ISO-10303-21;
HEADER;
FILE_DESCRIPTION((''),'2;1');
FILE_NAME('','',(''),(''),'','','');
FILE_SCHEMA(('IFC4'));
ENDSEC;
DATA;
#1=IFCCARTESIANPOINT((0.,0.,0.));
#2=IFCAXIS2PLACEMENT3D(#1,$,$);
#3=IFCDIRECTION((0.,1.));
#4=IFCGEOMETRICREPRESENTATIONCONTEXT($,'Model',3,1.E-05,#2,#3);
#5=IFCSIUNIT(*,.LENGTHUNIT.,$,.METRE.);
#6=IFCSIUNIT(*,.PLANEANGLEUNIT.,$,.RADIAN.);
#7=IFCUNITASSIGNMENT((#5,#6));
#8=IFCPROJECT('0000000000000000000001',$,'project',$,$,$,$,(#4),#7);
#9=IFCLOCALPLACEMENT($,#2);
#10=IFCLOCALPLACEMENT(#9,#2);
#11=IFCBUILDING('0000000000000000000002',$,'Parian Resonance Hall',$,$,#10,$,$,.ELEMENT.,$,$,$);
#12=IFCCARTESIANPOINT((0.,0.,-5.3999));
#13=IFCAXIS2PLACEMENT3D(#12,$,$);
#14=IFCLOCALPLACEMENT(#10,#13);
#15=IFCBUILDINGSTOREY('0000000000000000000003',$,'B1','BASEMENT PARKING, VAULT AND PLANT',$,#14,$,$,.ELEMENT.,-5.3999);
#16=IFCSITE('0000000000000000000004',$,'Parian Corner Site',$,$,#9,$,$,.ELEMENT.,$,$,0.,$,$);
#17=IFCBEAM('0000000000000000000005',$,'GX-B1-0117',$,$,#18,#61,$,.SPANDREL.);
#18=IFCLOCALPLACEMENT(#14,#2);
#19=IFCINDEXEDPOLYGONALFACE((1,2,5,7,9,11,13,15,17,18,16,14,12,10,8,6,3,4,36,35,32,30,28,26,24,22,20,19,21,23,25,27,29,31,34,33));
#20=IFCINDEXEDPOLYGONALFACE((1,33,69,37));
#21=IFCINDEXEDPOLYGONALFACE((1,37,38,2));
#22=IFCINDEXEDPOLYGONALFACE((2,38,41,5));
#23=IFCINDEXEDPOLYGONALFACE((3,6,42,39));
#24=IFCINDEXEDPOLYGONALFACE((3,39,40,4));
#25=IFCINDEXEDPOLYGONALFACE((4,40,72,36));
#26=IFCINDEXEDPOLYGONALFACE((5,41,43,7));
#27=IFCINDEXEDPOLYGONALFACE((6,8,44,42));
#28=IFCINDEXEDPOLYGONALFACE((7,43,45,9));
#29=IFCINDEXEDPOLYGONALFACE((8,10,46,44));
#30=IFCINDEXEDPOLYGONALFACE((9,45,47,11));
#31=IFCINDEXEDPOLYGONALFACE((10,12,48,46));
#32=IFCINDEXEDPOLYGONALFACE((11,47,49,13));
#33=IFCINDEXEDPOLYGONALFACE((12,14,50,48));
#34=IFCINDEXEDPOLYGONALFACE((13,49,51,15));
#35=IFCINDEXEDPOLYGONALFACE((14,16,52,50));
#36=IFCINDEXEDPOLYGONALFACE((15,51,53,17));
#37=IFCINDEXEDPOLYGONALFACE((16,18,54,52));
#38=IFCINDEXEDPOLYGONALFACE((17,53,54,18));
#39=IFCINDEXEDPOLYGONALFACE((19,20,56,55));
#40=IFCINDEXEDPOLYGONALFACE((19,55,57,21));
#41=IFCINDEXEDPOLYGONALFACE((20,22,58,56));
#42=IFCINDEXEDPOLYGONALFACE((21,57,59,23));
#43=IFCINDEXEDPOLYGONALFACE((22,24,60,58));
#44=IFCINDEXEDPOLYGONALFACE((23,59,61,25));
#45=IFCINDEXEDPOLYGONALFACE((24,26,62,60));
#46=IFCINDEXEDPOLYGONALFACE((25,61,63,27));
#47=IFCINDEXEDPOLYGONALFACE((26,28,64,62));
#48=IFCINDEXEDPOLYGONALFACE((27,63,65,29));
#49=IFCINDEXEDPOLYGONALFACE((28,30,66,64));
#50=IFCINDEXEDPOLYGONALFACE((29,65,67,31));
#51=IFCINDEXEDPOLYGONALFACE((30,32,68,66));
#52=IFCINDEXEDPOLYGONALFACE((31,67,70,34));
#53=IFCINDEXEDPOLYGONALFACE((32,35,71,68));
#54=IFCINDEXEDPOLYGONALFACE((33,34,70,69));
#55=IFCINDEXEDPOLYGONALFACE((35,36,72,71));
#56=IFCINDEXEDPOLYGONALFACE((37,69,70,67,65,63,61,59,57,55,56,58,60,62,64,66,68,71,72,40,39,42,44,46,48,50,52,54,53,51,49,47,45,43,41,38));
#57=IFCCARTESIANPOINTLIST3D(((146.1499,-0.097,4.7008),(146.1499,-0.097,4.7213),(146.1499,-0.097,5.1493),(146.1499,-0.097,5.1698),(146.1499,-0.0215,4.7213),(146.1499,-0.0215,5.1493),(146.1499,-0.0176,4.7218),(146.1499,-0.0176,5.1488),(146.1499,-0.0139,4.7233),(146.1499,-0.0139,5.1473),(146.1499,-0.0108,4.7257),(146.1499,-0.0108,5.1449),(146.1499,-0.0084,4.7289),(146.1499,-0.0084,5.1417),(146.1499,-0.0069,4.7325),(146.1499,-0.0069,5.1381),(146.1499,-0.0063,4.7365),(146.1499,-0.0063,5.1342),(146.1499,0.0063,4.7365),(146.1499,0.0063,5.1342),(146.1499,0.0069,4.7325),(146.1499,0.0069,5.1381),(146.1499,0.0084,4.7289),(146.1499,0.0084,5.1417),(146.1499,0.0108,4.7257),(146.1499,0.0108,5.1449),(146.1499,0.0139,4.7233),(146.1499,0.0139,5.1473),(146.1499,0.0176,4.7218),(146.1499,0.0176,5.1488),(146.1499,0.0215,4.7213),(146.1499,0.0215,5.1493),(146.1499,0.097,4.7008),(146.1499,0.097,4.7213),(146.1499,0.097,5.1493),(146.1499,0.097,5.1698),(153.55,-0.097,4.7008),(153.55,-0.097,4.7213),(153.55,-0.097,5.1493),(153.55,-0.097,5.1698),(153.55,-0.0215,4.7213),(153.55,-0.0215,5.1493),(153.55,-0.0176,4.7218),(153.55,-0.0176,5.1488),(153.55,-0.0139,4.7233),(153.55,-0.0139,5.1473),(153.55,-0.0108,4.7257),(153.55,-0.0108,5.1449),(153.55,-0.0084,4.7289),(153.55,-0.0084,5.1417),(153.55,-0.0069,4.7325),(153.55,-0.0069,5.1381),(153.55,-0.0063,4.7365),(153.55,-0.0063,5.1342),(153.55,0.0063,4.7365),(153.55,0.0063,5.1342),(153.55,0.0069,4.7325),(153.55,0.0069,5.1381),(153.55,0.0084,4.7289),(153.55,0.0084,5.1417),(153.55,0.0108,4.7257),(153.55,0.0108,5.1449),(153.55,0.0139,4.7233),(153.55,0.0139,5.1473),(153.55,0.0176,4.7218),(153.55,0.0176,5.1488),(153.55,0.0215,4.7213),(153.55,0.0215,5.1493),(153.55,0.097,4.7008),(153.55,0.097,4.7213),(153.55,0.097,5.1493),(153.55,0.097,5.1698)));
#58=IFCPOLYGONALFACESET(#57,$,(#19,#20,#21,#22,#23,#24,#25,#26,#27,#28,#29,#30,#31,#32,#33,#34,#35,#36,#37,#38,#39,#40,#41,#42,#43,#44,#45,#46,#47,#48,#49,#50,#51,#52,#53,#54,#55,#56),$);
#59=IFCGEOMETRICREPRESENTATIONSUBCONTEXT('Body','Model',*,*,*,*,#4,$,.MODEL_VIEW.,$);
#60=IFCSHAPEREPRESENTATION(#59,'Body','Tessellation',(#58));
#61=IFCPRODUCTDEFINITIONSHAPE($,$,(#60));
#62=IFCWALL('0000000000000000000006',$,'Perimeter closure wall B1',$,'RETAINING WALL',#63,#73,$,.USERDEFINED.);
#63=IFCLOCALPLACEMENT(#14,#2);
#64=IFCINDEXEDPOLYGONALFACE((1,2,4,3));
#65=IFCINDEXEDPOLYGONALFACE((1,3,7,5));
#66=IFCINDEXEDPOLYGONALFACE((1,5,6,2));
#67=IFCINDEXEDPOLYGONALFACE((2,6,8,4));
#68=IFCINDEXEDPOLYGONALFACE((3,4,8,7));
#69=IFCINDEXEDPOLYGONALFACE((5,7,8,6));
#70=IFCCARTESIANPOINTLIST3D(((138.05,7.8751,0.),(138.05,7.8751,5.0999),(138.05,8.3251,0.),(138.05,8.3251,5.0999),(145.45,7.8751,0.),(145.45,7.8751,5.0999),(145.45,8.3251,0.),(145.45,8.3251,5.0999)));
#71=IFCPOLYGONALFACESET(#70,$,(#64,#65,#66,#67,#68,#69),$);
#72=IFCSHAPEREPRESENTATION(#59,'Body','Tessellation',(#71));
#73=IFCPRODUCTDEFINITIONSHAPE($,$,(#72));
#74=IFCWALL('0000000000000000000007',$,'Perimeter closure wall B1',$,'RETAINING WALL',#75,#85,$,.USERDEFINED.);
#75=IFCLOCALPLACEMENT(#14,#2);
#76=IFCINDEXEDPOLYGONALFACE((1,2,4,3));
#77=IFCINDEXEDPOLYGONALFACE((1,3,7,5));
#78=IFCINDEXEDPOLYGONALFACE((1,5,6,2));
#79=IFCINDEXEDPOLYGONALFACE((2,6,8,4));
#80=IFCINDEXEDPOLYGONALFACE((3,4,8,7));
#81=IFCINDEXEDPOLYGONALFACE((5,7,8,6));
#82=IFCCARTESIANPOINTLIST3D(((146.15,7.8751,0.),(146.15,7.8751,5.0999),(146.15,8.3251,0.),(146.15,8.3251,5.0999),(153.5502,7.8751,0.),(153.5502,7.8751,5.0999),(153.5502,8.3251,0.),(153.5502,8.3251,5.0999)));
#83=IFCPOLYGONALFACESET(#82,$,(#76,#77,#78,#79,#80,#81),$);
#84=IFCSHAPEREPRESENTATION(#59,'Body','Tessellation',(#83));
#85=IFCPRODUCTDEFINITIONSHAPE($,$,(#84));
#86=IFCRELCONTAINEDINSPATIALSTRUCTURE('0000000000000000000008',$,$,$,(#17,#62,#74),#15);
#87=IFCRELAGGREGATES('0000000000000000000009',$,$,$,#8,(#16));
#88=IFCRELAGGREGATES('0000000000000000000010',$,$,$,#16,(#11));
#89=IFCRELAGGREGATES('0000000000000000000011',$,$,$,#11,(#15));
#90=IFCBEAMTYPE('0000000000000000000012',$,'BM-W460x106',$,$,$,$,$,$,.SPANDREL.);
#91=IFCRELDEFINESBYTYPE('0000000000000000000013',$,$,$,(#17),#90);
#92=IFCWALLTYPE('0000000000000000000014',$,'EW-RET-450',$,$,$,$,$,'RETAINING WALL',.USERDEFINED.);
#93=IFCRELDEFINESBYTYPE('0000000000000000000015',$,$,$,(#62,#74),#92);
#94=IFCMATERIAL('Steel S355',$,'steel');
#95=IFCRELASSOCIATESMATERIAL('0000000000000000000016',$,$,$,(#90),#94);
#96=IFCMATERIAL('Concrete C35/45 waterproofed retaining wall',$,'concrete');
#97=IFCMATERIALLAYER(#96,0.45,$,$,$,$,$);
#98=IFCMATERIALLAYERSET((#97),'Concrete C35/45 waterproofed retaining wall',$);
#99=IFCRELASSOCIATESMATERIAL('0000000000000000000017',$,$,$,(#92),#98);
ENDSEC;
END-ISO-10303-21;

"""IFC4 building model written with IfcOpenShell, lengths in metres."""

from ifc_helpers import new_model, si_unit, direction, frame, frame_2d, origin, origin_2d, place, context, subcontext, project, spatial, rectangle, i_section, extrude, material, layer, layer_set, material_profile, profile_set, type_object, element, save


model = new_model("IFC4")

# Units and contexts
model_context = context("Model", 3, precision=1e-05, world=origin(), true_north=direction((0.0, 1.0)))
body_context = subcontext(model_context, "Body", "Model", "MODEL_VIEW")
ifc_project = project(units=[si_unit("LENGTHUNIT", "METRE"), si_unit("PLANEANGLEUNIT", "RADIAN")], contexts=[model_context])

# Site, building, storey
site_placement = place(None, origin())
site = spatial("IfcSite", under=ifc_project, at=site_placement, Name="Parian Corner Site", CompositionType="ELEMENT", RefElevation=0.0)
building_placement = place(site_placement, origin())
building = spatial("IfcBuilding", under=site, at=building_placement, Name="Parian Resonance Hall", CompositionType="ELEMENT")
storey_placement = place(building_placement, frame((0.0, 0.0, -5.3999)))
storey = spatial("IfcBuildingStorey", under=building, at=storey_placement, Name="B1", Description="BASEMENT PARKING, VAULT AND PLANT", CompositionType="ELEMENT", Elevation=-5.3999)

# Beam
ifc_material_1 = material(Name="Steel S355", Category="steel")
ifc_material_profile_1 = material_profile(ifc_material_1, i_section(OverallWidth=0.1941, OverallDepth=0.469, WebThickness=0.0127, FlangeThickness=0.0205, FilletRadius=0.0151, at=origin_2d()), Name="W460x106")
ifc_profile_set_1 = profile_set([ifc_material_profile_1], Name="Steel S355")
beam_type_1 = type_object("IfcBeamType", Name="BM-W460x106", PredefinedType="SPANDREL", material=ifc_profile_set_1)
for number, where, z_axis, x_axis, name in (
    (1, (146.1499, 0.0, 4.9353), (1.0, 0.0, 0.0), (0.0, 1.0, 0.0), "GX-B1-0117"),
):
    element("IfcBeam", number, at=place(storey_placement, frame(where, z_axis=z_axis, x_axis=x_axis)), inside=storey, type_object=beam_type_1, Name=name, PredefinedType="SPANDREL", context=body_context, shape_type="SweptSolid", body=[
        extrude(i_section(OverallWidth=0.1941, OverallDepth=0.469, WebThickness=0.0127, FlangeThickness=0.0205, FilletRadius=0.0151, at=origin_2d()), origin(), (0.0, 0.0, 1.0), 7.4001),
    ])

# Walls
ifc_material_2 = material(Name="Concrete C35/45 waterproofed retaining wall", Category="concrete")
ifc_layer = layer(ifc_material_2, 0.45)
ifc_layer_set = layer_set([ifc_layer], Name="Concrete C35/45 waterproofed retaining wall")
wall_type = type_object("IfcWallType", Name="EW-RET-450", ElementType="RETAINING WALL", PredefinedType="USERDEFINED", material=ifc_layer_set)
wall_1_placement = place(storey_placement, frame((138.05, 8.1001, 0.0), z_axis=(0.0, 0.0, 1.0), x_axis=(1.0, 0.0, 0.0)))
element("IfcWall", 2, at=wall_1_placement, inside=storey, type_object=wall_type, Name="Perimeter closure wall B1", ObjectType="RETAINING WALL", PredefinedType="USERDEFINED", context=body_context, shape_type="SweptSolid", body=[
    extrude(rectangle(XDim=7.3999, YDim=0.45, at=frame_2d((3.7, 0.0))), origin(), (0.0, 0.0, 1.0), 5.0999),
])
wall_2_placement = place(storey_placement, frame((146.1499, 8.1001, 0.0), z_axis=(0.0, 0.0, 1.0), x_axis=(1.0, 0.0, 0.0)))
element("IfcWall", 3, at=wall_2_placement, inside=storey, type_object=wall_type, Name="Perimeter closure wall B1", ObjectType="RETAINING WALL", PredefinedType="USERDEFINED", context=body_context, shape_type="SweptSolid", body=[
    extrude(rectangle(XDim=7.4001, YDim=0.45, at=frame_2d((3.7002, 0.0))), origin(), (0.0, 0.0, 1.0), 5.0999),
])

save(model, "model.ifc")
